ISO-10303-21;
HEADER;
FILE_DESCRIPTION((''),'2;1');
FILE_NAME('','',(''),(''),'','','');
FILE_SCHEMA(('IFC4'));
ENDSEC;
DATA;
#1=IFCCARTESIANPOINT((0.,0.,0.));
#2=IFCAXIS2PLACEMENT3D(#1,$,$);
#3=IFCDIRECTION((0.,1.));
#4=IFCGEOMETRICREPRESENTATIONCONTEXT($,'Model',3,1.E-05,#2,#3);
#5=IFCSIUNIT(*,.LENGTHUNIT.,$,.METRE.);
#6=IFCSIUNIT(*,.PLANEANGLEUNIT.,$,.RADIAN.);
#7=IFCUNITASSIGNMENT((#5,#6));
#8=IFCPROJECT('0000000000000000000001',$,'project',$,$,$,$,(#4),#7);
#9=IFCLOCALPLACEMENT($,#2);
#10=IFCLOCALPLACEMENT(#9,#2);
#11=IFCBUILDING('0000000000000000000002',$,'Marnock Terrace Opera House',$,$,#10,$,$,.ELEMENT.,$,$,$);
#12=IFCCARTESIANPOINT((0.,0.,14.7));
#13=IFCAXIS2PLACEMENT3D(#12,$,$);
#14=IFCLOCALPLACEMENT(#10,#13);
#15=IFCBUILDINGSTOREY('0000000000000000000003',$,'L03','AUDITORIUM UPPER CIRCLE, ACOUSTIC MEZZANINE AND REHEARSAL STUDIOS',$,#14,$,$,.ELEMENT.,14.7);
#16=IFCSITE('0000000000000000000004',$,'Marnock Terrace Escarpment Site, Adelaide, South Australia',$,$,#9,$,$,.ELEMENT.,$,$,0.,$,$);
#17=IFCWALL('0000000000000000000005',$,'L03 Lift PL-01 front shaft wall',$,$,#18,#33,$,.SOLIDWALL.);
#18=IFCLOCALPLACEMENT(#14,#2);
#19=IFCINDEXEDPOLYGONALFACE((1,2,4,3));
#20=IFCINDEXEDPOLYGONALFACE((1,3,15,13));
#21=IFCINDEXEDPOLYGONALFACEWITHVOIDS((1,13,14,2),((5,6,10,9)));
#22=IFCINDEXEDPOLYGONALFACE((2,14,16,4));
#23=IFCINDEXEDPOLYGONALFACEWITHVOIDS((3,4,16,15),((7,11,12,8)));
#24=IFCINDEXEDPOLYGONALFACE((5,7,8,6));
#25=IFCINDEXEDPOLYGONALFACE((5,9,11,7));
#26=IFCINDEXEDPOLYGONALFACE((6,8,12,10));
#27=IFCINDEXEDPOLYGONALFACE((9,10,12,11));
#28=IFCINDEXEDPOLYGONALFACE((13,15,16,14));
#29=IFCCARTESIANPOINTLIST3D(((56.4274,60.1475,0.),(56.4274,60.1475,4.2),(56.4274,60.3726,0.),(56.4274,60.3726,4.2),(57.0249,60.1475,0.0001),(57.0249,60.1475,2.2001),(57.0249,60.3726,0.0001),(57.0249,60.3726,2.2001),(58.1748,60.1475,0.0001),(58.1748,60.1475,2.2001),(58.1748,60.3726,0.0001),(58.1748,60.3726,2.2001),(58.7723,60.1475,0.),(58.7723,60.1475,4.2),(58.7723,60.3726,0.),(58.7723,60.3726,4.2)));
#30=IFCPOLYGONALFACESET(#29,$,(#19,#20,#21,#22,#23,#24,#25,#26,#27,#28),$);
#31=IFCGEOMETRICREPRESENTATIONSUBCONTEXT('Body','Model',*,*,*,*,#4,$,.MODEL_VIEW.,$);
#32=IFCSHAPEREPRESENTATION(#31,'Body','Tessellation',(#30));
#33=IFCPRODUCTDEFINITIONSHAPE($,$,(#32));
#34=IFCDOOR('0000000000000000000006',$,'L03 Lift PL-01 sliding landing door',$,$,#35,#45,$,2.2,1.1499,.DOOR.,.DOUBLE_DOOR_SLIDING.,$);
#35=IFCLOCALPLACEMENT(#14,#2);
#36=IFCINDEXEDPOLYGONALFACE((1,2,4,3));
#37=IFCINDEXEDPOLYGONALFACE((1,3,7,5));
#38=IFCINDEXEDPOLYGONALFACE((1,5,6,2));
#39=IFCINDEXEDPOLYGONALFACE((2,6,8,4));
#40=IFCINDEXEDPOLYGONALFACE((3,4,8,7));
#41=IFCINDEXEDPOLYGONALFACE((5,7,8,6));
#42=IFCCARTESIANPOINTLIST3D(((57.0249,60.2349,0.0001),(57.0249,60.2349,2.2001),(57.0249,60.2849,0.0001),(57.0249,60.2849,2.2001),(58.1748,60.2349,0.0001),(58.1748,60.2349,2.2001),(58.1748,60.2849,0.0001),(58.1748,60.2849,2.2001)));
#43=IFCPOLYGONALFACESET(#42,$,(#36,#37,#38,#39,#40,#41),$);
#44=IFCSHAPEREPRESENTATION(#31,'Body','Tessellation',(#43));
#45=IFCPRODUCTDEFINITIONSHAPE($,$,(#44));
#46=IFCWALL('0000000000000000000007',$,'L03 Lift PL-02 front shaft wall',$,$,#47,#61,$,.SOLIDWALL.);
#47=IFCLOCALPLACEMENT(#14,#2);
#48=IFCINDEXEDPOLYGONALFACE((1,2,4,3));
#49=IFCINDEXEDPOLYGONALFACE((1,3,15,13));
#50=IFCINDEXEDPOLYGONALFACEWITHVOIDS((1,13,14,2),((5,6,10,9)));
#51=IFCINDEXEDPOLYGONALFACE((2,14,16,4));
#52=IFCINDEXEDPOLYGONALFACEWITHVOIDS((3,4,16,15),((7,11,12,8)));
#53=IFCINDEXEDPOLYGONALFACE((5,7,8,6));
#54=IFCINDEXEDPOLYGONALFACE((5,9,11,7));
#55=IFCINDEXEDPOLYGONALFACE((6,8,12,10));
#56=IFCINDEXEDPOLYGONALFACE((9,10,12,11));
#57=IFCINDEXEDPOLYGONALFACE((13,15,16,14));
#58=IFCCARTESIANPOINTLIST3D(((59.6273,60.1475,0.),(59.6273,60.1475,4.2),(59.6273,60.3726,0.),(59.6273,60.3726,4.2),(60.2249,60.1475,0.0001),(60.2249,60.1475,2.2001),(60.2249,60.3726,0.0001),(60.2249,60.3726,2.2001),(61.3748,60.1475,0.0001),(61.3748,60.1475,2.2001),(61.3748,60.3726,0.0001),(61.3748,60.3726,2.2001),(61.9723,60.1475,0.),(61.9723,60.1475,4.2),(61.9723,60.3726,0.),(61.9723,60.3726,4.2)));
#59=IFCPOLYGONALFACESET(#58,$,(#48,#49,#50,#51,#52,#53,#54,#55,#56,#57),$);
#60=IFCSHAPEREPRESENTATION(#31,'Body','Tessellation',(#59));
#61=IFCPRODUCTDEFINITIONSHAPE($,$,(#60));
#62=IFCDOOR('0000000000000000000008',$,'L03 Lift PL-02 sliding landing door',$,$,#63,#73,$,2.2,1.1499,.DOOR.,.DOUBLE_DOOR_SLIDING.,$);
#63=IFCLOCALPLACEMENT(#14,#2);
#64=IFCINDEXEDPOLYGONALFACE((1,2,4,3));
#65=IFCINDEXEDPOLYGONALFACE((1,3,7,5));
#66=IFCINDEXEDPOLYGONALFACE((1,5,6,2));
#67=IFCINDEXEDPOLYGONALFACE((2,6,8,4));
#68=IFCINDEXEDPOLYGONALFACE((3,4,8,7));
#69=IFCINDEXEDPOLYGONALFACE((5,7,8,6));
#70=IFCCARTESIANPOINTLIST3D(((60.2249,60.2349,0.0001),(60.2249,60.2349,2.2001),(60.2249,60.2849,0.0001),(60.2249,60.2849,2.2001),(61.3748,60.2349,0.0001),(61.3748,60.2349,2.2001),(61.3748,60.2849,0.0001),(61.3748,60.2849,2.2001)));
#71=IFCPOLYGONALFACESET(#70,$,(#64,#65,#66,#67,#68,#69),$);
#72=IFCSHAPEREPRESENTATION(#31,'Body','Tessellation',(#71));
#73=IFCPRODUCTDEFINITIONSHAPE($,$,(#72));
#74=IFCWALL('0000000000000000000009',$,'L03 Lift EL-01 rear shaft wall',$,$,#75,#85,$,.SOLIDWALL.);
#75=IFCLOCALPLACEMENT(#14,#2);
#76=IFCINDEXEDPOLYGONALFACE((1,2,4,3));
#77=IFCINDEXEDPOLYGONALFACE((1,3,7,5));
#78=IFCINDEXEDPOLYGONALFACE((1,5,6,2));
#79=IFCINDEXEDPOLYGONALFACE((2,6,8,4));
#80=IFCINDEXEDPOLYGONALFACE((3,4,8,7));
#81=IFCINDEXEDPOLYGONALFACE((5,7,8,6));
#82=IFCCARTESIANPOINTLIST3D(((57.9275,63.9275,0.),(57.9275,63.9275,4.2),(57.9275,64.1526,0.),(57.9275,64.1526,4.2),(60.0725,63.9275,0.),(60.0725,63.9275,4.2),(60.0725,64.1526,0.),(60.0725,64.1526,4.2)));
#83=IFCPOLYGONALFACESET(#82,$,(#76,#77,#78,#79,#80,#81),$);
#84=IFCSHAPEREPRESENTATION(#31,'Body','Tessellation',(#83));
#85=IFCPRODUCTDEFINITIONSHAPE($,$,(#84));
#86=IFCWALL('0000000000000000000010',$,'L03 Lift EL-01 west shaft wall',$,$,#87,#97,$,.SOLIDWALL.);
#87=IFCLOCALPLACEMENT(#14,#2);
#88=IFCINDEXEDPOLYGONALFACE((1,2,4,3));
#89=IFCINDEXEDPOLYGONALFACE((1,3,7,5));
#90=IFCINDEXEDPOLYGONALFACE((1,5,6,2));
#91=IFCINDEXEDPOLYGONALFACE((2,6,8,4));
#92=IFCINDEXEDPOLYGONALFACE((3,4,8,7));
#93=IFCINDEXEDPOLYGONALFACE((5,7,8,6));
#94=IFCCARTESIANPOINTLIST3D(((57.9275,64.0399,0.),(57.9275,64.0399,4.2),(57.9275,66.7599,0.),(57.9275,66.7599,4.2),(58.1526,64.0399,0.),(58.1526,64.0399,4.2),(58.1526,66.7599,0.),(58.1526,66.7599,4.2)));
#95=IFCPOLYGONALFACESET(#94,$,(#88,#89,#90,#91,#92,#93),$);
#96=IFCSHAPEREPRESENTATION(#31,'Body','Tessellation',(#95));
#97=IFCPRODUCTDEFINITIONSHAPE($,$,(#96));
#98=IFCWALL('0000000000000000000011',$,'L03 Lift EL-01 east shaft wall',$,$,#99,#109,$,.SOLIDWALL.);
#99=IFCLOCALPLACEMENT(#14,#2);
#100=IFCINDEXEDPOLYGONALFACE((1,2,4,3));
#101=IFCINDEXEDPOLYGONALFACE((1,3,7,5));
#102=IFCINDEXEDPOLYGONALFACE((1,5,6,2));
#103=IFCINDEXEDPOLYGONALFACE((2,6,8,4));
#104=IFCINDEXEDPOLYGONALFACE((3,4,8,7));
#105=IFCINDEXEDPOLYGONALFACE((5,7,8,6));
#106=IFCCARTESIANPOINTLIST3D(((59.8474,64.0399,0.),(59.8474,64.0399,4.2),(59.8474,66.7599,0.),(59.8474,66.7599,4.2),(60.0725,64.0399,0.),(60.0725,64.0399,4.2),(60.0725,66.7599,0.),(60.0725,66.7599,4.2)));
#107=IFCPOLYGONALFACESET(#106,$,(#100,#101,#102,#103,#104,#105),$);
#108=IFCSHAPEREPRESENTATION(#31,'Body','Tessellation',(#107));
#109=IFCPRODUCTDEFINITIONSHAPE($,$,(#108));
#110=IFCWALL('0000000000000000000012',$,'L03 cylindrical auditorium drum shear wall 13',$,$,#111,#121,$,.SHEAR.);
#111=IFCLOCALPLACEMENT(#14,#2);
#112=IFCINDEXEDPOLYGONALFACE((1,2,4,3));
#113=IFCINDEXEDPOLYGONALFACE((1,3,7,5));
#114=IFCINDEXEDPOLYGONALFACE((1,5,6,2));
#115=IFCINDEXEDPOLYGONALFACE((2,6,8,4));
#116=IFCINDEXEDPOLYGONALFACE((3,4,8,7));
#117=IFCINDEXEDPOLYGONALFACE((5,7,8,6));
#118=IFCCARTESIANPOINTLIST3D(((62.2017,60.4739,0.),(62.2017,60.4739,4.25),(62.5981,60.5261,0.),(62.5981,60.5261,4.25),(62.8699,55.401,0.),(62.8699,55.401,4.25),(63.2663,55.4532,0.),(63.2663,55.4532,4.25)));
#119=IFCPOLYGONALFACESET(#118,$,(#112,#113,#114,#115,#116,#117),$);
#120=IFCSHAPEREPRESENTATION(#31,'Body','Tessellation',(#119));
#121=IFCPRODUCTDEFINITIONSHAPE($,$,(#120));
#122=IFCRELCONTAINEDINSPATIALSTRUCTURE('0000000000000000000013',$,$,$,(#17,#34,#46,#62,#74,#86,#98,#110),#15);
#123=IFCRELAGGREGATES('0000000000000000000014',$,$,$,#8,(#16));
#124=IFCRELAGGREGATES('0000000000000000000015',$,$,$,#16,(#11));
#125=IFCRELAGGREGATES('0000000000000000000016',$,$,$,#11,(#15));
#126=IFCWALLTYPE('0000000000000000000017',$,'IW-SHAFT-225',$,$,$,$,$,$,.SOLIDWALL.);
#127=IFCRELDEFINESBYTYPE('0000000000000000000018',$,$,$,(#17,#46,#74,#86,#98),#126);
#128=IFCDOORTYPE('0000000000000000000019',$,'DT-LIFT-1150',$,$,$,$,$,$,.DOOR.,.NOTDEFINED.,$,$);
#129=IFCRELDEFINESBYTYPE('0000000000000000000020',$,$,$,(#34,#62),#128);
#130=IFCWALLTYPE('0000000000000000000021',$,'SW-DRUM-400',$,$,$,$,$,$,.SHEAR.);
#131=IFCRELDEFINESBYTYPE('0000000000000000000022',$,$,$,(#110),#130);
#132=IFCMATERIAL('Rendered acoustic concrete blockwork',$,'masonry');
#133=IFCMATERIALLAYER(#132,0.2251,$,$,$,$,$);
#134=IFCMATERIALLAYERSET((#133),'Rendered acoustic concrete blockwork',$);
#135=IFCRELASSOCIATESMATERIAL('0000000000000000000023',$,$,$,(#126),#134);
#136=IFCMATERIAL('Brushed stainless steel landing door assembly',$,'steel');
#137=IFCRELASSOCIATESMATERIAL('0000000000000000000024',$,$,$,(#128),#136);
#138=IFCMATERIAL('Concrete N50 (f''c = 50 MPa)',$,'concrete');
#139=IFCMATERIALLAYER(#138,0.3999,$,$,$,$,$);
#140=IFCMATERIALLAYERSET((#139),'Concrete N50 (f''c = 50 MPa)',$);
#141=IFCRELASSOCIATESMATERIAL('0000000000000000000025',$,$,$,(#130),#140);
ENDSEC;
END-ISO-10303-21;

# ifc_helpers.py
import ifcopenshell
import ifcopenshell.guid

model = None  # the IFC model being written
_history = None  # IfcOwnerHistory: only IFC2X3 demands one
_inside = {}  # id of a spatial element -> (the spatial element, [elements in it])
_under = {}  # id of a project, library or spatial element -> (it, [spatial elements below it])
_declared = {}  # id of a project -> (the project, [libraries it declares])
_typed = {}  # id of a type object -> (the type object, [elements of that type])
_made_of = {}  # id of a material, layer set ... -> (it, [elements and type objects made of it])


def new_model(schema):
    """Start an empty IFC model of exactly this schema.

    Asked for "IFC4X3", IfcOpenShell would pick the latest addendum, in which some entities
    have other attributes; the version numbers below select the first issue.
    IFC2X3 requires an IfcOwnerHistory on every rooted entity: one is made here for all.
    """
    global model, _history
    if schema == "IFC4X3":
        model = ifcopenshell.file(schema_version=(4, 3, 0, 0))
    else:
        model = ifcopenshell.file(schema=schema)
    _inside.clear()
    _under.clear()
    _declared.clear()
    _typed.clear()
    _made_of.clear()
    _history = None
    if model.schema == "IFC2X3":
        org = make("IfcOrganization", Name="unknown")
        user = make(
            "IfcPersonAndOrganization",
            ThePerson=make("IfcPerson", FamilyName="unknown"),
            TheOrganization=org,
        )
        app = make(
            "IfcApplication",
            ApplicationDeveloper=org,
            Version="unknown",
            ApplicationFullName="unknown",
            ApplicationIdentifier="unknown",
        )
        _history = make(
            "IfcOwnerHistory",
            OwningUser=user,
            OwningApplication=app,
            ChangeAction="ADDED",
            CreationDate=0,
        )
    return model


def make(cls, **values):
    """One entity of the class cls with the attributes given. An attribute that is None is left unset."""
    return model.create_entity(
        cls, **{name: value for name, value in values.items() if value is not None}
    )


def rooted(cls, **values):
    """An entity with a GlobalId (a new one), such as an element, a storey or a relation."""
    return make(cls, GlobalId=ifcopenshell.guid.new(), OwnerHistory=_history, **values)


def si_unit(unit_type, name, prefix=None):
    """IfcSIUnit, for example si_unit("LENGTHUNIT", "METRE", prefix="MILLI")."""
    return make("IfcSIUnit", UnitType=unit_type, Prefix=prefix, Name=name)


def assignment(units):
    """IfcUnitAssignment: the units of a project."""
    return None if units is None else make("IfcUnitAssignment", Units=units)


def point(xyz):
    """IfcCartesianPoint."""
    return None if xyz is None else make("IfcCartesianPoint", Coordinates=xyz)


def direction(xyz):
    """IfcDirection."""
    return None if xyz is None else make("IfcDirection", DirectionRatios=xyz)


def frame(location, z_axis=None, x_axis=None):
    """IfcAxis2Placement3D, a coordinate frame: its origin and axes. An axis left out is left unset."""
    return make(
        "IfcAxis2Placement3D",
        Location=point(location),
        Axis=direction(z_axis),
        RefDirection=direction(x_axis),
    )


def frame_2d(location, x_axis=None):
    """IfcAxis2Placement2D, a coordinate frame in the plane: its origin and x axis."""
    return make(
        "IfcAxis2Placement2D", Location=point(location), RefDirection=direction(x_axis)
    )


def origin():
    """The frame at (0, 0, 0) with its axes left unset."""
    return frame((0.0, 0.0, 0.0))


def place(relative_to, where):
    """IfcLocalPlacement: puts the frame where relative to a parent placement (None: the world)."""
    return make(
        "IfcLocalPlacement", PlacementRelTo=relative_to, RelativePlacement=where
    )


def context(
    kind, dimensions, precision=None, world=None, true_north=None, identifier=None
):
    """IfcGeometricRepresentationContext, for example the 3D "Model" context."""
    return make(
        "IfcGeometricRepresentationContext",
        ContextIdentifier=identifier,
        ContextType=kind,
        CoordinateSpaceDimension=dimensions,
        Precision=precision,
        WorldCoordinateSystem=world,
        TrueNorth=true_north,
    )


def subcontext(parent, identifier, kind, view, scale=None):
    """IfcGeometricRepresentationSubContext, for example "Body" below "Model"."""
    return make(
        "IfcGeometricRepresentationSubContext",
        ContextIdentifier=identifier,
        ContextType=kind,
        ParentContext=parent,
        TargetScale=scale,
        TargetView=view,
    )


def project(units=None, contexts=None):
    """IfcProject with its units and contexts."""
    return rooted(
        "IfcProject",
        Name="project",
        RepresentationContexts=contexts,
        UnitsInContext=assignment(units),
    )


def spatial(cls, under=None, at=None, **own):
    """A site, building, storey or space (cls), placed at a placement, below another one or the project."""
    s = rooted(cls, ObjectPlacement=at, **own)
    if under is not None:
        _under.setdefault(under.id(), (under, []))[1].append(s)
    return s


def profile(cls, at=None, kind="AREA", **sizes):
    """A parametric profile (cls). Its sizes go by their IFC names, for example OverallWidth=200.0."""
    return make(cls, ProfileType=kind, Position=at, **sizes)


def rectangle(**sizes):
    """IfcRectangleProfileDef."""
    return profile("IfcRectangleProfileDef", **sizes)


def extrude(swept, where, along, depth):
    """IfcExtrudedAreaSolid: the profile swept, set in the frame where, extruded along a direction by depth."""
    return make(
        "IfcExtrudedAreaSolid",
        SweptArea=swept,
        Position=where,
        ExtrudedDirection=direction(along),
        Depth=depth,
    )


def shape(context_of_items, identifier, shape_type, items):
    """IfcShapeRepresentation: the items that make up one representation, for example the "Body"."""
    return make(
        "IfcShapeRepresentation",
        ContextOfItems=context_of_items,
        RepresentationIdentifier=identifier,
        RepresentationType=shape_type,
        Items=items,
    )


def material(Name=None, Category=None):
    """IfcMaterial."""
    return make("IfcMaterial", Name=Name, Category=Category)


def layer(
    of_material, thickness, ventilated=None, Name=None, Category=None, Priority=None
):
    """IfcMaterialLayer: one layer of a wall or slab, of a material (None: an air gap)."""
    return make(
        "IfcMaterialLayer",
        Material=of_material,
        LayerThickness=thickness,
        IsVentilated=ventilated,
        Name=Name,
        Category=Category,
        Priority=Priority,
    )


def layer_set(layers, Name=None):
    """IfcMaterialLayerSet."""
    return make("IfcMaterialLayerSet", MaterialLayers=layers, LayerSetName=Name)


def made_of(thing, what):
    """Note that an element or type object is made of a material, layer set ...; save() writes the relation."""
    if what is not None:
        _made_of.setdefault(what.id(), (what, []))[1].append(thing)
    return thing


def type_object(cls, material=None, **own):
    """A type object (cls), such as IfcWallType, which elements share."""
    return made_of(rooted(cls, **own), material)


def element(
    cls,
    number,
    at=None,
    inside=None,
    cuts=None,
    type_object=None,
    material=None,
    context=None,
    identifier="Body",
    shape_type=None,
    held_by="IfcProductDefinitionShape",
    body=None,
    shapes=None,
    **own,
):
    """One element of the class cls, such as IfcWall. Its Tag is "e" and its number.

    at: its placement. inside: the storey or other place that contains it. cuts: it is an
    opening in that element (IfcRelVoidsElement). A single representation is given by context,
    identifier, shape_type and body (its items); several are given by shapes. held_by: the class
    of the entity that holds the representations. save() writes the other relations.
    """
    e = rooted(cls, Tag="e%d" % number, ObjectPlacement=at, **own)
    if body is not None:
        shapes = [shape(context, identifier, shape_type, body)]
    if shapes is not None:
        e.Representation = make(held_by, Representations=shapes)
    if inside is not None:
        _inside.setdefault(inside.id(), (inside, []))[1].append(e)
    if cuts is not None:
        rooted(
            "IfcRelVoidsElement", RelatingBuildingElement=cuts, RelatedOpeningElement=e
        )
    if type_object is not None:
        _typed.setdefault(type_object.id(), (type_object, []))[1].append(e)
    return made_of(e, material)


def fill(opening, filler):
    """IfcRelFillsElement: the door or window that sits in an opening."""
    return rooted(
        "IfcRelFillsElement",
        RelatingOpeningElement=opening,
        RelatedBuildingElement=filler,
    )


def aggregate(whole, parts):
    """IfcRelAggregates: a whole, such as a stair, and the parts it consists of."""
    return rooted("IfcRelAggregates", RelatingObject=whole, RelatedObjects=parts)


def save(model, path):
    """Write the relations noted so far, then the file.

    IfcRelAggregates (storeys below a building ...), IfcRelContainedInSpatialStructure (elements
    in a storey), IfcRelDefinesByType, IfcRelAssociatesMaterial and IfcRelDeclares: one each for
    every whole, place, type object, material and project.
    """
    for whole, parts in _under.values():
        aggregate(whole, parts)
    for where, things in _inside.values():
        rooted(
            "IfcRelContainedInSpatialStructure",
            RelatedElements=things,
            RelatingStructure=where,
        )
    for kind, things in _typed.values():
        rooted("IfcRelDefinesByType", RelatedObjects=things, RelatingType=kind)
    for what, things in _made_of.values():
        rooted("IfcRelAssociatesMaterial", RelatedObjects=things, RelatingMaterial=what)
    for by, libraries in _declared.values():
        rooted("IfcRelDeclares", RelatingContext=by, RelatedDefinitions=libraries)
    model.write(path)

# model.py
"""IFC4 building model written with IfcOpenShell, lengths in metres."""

from ifc_helpers import new_model, si_unit, direction, frame, frame_2d, origin, place, context, subcontext, project, spatial, rectangle, extrude, material, layer, layer_set, type_object, element, fill, save


model = new_model("IFC4")

# Units and contexts
model_context = context("Model", 3, precision=1e-05, world=origin(), true_north=direction((0.0, 1.0)))
body_context = subcontext(model_context, "Body", "Model", "MODEL_VIEW")
ifc_project = project(units=[si_unit("LENGTHUNIT", "METRE"), si_unit("PLANEANGLEUNIT", "RADIAN")], contexts=[model_context])

# Site, building, storey
site_placement = place(None, origin())
site = spatial("IfcSite", under=ifc_project, at=site_placement, Name="Marnock Terrace Escarpment Site, Adelaide, South Australia", CompositionType="ELEMENT", RefElevation=0.0)
building_placement = place(site_placement, origin())
building = spatial("IfcBuilding", under=site, at=building_placement, Name="Marnock Terrace Opera House", CompositionType="ELEMENT")
storey_placement = place(building_placement, frame((0.0, 0.0, 14.7)))
storey = spatial("IfcBuildingStorey", under=building, at=storey_placement, Name="L03", Description="AUDITORIUM UPPER CIRCLE, ACOUSTIC MEZZANINE AND REHEARSAL STUDIOS", CompositionType="ELEMENT", Elevation=14.7)

# Shared definitions
ifc_material_1 = material(Name="Concrete N50 (f'c = 50 MPa)", Category="concrete")

# Walls, openings, doors
ifc_material_2 = material(Name="Rendered acoustic concrete blockwork", Category="masonry")
ifc_layer_1 = layer(ifc_material_2, 0.2251)
ifc_layer_set_1 = layer_set([ifc_layer_1], Name="Rendered acoustic concrete blockwork")
wall_type_1 = type_object("IfcWallType", Name="IW-SHAFT-225", PredefinedType="SOLIDWALL", material=ifc_layer_set_1)
wall_1_placement = place(storey_placement, frame((56.4275, 60.26, 0.0), z_axis=(0.0, 0.0, 1.0), x_axis=(1.0, 0.0, 0.0)))
wall_1 = element("IfcWall", 1, at=wall_1_placement, inside=storey, type_object=wall_type_1, Name="L03 Lift PL-01 front shaft wall", PredefinedType="SOLIDWALL", context=body_context, shape_type="SweptSolid", body=[
    extrude(rectangle(XDim=2.345, YDim=0.2251, at=frame_2d((1.1724, 0.0))), origin(), (0.0, 0.0, 1.0), 4.2),
])
opening_1_placement = place(wall_1_placement, frame((0.5974, 0.0, 0.0)))
opening_1 = element("IfcOpeningElement", 2, at=opening_1_placement, cuts=wall_1, PredefinedType="OPENING", context=body_context, shape_type="SweptSolid", body=[
    extrude(rectangle(XDim=1.1499, YDim=2.2, at=frame_2d((0.575, 1.1001))), frame((0.0, 0.1226, 0.0), z_axis=(0.0, -1.0, 0.0), x_axis=(1.0, 0.0, 0.0)), (0.0, 0.0, 1.0), 0.2451),
])
ifc_material_3 = material(Name="Brushed stainless steel landing door assembly", Category="steel")
door_type = type_object("IfcDoorType", Name="DT-LIFT-1150", OperationType="NOTDEFINED", PredefinedType="DOOR", material=ifc_material_3)
door_1_placement = place(opening_1_placement, origin())
door_1 = element("IfcDoor", 3, at=door_1_placement, inside=storey, type_object=door_type, Name="L03 Lift PL-01 sliding landing door", OperationType="DOUBLE_DOOR_SLIDING", OverallHeight=2.2, OverallWidth=1.1499, PredefinedType="DOOR", context=body_context, shape_type="SweptSolid", body=[
    extrude(rectangle(XDim=1.1499, YDim=2.2, at=frame_2d((0.575, 1.1001))), frame((0.0, 0.0249, 0.0), z_axis=(0.0, -1.0, 0.0), x_axis=(1.0, 0.0, 0.0)), (0.0, 0.0, 1.0), 0.05),
])
fill(opening_1, door_1)
wall_2_placement = place(storey_placement, frame((59.6274, 60.26, 0.0), z_axis=(0.0, 0.0, 1.0), x_axis=(1.0, 0.0, 0.0)))
wall_2 = element("IfcWall", 4, at=wall_2_placement, inside=storey, type_object=wall_type_1, Name="L03 Lift PL-02 front shaft wall", PredefinedType="SOLIDWALL", context=body_context, shape_type="SweptSolid", body=[
    extrude(rectangle(XDim=2.345, YDim=0.2251, at=frame_2d((1.1724, 0.0))), origin(), (0.0, 0.0, 1.0), 4.2),
])
opening_2_placement = place(wall_2_placement, frame((0.5974, 0.0, 0.0)))
opening_2 = element("IfcOpeningElement", 5, at=opening_2_placement, cuts=wall_2, PredefinedType="OPENING", context=body_context, shape_type="SweptSolid", body=[
    extrude(rectangle(XDim=1.1499, YDim=2.2, at=frame_2d((0.575, 1.1001))), frame((0.0, 0.1226, 0.0), z_axis=(0.0, -1.0, 0.0), x_axis=(1.0, 0.0, 0.0)), (0.0, 0.0, 1.0), 0.2451),
])
door_2_placement = place(opening_2_placement, origin())
door_2 = element("IfcDoor", 6, at=door_2_placement, inside=storey, type_object=door_type, Name="L03 Lift PL-02 sliding landing door", OperationType="DOUBLE_DOOR_SLIDING", OverallHeight=2.2, OverallWidth=1.1499, PredefinedType="DOOR", context=body_context, shape_type="SweptSolid", body=[
    extrude(rectangle(XDim=1.1499, YDim=2.2, at=frame_2d((0.575, 1.1001))), frame((0.0, 0.0249, 0.0), z_axis=(0.0, -1.0, 0.0), x_axis=(1.0, 0.0, 0.0)), (0.0, 0.0, 1.0), 0.05),
])
fill(opening_2, door_2)

# Walls
wall_3_placement = place(storey_placement, frame((57.9275, 64.04, 0.0), z_axis=(0.0, 0.0, 1.0), x_axis=(1.0, 0.0, 0.0)))
element("IfcWall", 7, at=wall_3_placement, inside=storey, type_object=wall_type_1, Name="L03 Lift EL-01 rear shaft wall", PredefinedType="SOLIDWALL", context=body_context, shape_type="SweptSolid", body=[
    extrude(rectangle(XDim=2.145, YDim=0.2251, at=frame_2d((1.0725, 0.0))), origin(), (0.0, 0.0, 1.0), 4.2),
])
for number, where, z_axis, x_axis, name in (
    (8, (58.04, 64.04, 0.0), (0.0, 0.0, 1.0), (0.0, 1.0, 0.0), "L03 Lift EL-01 west shaft wall"),
    (9, (59.96, 64.04, 0.0), (0.0, 0.0, 1.0), (0.0, 1.0, 0.0), "L03 Lift EL-01 east shaft wall"),
):
    element("IfcWall", number, at=place(storey_placement, frame(where, z_axis=z_axis, x_axis=x_axis)), inside=storey, type_object=wall_type_1, Name=name, PredefinedType="SOLIDWALL", context=body_context, shape_type="SweptSolid", body=[
        extrude(rectangle(XDim=2.72, YDim=0.2251, at=frame_2d((1.3599, 0.0))), origin(), (0.0, 0.0, 1.0), 4.2),
    ])
ifc_layer_2 = layer(ifc_material_1, 0.3999)
ifc_layer_set_2 = layer_set([ifc_layer_2], Name="Concrete N50 (f'c = 50 MPa)")
wall_type_2 = type_object("IfcWallType", Name="SW-DRUM-400", PredefinedType="SHEAR", material=ifc_layer_set_2)
wall_4_placement = place(storey_placement, frame((62.3999, 60.5, 0.0), z_axis=(0.0, 0.0, 1.0), x_axis=(0.130592, -0.991436, 0.0)))
element("IfcWall", 10, at=wall_4_placement, inside=storey, type_object=wall_type_2, Name="L03 cylindrical auditorium drum shear wall 13", PredefinedType="SHEAR", context=body_context, shape_type="SweptSolid", body=[
    extrude(rectangle(XDim=5.1167, YDim=0.3999, at=frame_2d((2.5583, 0.0))), origin(), (0.0, 0.0, 1.0), 4.25),
])

save(model, "model.ifc")
